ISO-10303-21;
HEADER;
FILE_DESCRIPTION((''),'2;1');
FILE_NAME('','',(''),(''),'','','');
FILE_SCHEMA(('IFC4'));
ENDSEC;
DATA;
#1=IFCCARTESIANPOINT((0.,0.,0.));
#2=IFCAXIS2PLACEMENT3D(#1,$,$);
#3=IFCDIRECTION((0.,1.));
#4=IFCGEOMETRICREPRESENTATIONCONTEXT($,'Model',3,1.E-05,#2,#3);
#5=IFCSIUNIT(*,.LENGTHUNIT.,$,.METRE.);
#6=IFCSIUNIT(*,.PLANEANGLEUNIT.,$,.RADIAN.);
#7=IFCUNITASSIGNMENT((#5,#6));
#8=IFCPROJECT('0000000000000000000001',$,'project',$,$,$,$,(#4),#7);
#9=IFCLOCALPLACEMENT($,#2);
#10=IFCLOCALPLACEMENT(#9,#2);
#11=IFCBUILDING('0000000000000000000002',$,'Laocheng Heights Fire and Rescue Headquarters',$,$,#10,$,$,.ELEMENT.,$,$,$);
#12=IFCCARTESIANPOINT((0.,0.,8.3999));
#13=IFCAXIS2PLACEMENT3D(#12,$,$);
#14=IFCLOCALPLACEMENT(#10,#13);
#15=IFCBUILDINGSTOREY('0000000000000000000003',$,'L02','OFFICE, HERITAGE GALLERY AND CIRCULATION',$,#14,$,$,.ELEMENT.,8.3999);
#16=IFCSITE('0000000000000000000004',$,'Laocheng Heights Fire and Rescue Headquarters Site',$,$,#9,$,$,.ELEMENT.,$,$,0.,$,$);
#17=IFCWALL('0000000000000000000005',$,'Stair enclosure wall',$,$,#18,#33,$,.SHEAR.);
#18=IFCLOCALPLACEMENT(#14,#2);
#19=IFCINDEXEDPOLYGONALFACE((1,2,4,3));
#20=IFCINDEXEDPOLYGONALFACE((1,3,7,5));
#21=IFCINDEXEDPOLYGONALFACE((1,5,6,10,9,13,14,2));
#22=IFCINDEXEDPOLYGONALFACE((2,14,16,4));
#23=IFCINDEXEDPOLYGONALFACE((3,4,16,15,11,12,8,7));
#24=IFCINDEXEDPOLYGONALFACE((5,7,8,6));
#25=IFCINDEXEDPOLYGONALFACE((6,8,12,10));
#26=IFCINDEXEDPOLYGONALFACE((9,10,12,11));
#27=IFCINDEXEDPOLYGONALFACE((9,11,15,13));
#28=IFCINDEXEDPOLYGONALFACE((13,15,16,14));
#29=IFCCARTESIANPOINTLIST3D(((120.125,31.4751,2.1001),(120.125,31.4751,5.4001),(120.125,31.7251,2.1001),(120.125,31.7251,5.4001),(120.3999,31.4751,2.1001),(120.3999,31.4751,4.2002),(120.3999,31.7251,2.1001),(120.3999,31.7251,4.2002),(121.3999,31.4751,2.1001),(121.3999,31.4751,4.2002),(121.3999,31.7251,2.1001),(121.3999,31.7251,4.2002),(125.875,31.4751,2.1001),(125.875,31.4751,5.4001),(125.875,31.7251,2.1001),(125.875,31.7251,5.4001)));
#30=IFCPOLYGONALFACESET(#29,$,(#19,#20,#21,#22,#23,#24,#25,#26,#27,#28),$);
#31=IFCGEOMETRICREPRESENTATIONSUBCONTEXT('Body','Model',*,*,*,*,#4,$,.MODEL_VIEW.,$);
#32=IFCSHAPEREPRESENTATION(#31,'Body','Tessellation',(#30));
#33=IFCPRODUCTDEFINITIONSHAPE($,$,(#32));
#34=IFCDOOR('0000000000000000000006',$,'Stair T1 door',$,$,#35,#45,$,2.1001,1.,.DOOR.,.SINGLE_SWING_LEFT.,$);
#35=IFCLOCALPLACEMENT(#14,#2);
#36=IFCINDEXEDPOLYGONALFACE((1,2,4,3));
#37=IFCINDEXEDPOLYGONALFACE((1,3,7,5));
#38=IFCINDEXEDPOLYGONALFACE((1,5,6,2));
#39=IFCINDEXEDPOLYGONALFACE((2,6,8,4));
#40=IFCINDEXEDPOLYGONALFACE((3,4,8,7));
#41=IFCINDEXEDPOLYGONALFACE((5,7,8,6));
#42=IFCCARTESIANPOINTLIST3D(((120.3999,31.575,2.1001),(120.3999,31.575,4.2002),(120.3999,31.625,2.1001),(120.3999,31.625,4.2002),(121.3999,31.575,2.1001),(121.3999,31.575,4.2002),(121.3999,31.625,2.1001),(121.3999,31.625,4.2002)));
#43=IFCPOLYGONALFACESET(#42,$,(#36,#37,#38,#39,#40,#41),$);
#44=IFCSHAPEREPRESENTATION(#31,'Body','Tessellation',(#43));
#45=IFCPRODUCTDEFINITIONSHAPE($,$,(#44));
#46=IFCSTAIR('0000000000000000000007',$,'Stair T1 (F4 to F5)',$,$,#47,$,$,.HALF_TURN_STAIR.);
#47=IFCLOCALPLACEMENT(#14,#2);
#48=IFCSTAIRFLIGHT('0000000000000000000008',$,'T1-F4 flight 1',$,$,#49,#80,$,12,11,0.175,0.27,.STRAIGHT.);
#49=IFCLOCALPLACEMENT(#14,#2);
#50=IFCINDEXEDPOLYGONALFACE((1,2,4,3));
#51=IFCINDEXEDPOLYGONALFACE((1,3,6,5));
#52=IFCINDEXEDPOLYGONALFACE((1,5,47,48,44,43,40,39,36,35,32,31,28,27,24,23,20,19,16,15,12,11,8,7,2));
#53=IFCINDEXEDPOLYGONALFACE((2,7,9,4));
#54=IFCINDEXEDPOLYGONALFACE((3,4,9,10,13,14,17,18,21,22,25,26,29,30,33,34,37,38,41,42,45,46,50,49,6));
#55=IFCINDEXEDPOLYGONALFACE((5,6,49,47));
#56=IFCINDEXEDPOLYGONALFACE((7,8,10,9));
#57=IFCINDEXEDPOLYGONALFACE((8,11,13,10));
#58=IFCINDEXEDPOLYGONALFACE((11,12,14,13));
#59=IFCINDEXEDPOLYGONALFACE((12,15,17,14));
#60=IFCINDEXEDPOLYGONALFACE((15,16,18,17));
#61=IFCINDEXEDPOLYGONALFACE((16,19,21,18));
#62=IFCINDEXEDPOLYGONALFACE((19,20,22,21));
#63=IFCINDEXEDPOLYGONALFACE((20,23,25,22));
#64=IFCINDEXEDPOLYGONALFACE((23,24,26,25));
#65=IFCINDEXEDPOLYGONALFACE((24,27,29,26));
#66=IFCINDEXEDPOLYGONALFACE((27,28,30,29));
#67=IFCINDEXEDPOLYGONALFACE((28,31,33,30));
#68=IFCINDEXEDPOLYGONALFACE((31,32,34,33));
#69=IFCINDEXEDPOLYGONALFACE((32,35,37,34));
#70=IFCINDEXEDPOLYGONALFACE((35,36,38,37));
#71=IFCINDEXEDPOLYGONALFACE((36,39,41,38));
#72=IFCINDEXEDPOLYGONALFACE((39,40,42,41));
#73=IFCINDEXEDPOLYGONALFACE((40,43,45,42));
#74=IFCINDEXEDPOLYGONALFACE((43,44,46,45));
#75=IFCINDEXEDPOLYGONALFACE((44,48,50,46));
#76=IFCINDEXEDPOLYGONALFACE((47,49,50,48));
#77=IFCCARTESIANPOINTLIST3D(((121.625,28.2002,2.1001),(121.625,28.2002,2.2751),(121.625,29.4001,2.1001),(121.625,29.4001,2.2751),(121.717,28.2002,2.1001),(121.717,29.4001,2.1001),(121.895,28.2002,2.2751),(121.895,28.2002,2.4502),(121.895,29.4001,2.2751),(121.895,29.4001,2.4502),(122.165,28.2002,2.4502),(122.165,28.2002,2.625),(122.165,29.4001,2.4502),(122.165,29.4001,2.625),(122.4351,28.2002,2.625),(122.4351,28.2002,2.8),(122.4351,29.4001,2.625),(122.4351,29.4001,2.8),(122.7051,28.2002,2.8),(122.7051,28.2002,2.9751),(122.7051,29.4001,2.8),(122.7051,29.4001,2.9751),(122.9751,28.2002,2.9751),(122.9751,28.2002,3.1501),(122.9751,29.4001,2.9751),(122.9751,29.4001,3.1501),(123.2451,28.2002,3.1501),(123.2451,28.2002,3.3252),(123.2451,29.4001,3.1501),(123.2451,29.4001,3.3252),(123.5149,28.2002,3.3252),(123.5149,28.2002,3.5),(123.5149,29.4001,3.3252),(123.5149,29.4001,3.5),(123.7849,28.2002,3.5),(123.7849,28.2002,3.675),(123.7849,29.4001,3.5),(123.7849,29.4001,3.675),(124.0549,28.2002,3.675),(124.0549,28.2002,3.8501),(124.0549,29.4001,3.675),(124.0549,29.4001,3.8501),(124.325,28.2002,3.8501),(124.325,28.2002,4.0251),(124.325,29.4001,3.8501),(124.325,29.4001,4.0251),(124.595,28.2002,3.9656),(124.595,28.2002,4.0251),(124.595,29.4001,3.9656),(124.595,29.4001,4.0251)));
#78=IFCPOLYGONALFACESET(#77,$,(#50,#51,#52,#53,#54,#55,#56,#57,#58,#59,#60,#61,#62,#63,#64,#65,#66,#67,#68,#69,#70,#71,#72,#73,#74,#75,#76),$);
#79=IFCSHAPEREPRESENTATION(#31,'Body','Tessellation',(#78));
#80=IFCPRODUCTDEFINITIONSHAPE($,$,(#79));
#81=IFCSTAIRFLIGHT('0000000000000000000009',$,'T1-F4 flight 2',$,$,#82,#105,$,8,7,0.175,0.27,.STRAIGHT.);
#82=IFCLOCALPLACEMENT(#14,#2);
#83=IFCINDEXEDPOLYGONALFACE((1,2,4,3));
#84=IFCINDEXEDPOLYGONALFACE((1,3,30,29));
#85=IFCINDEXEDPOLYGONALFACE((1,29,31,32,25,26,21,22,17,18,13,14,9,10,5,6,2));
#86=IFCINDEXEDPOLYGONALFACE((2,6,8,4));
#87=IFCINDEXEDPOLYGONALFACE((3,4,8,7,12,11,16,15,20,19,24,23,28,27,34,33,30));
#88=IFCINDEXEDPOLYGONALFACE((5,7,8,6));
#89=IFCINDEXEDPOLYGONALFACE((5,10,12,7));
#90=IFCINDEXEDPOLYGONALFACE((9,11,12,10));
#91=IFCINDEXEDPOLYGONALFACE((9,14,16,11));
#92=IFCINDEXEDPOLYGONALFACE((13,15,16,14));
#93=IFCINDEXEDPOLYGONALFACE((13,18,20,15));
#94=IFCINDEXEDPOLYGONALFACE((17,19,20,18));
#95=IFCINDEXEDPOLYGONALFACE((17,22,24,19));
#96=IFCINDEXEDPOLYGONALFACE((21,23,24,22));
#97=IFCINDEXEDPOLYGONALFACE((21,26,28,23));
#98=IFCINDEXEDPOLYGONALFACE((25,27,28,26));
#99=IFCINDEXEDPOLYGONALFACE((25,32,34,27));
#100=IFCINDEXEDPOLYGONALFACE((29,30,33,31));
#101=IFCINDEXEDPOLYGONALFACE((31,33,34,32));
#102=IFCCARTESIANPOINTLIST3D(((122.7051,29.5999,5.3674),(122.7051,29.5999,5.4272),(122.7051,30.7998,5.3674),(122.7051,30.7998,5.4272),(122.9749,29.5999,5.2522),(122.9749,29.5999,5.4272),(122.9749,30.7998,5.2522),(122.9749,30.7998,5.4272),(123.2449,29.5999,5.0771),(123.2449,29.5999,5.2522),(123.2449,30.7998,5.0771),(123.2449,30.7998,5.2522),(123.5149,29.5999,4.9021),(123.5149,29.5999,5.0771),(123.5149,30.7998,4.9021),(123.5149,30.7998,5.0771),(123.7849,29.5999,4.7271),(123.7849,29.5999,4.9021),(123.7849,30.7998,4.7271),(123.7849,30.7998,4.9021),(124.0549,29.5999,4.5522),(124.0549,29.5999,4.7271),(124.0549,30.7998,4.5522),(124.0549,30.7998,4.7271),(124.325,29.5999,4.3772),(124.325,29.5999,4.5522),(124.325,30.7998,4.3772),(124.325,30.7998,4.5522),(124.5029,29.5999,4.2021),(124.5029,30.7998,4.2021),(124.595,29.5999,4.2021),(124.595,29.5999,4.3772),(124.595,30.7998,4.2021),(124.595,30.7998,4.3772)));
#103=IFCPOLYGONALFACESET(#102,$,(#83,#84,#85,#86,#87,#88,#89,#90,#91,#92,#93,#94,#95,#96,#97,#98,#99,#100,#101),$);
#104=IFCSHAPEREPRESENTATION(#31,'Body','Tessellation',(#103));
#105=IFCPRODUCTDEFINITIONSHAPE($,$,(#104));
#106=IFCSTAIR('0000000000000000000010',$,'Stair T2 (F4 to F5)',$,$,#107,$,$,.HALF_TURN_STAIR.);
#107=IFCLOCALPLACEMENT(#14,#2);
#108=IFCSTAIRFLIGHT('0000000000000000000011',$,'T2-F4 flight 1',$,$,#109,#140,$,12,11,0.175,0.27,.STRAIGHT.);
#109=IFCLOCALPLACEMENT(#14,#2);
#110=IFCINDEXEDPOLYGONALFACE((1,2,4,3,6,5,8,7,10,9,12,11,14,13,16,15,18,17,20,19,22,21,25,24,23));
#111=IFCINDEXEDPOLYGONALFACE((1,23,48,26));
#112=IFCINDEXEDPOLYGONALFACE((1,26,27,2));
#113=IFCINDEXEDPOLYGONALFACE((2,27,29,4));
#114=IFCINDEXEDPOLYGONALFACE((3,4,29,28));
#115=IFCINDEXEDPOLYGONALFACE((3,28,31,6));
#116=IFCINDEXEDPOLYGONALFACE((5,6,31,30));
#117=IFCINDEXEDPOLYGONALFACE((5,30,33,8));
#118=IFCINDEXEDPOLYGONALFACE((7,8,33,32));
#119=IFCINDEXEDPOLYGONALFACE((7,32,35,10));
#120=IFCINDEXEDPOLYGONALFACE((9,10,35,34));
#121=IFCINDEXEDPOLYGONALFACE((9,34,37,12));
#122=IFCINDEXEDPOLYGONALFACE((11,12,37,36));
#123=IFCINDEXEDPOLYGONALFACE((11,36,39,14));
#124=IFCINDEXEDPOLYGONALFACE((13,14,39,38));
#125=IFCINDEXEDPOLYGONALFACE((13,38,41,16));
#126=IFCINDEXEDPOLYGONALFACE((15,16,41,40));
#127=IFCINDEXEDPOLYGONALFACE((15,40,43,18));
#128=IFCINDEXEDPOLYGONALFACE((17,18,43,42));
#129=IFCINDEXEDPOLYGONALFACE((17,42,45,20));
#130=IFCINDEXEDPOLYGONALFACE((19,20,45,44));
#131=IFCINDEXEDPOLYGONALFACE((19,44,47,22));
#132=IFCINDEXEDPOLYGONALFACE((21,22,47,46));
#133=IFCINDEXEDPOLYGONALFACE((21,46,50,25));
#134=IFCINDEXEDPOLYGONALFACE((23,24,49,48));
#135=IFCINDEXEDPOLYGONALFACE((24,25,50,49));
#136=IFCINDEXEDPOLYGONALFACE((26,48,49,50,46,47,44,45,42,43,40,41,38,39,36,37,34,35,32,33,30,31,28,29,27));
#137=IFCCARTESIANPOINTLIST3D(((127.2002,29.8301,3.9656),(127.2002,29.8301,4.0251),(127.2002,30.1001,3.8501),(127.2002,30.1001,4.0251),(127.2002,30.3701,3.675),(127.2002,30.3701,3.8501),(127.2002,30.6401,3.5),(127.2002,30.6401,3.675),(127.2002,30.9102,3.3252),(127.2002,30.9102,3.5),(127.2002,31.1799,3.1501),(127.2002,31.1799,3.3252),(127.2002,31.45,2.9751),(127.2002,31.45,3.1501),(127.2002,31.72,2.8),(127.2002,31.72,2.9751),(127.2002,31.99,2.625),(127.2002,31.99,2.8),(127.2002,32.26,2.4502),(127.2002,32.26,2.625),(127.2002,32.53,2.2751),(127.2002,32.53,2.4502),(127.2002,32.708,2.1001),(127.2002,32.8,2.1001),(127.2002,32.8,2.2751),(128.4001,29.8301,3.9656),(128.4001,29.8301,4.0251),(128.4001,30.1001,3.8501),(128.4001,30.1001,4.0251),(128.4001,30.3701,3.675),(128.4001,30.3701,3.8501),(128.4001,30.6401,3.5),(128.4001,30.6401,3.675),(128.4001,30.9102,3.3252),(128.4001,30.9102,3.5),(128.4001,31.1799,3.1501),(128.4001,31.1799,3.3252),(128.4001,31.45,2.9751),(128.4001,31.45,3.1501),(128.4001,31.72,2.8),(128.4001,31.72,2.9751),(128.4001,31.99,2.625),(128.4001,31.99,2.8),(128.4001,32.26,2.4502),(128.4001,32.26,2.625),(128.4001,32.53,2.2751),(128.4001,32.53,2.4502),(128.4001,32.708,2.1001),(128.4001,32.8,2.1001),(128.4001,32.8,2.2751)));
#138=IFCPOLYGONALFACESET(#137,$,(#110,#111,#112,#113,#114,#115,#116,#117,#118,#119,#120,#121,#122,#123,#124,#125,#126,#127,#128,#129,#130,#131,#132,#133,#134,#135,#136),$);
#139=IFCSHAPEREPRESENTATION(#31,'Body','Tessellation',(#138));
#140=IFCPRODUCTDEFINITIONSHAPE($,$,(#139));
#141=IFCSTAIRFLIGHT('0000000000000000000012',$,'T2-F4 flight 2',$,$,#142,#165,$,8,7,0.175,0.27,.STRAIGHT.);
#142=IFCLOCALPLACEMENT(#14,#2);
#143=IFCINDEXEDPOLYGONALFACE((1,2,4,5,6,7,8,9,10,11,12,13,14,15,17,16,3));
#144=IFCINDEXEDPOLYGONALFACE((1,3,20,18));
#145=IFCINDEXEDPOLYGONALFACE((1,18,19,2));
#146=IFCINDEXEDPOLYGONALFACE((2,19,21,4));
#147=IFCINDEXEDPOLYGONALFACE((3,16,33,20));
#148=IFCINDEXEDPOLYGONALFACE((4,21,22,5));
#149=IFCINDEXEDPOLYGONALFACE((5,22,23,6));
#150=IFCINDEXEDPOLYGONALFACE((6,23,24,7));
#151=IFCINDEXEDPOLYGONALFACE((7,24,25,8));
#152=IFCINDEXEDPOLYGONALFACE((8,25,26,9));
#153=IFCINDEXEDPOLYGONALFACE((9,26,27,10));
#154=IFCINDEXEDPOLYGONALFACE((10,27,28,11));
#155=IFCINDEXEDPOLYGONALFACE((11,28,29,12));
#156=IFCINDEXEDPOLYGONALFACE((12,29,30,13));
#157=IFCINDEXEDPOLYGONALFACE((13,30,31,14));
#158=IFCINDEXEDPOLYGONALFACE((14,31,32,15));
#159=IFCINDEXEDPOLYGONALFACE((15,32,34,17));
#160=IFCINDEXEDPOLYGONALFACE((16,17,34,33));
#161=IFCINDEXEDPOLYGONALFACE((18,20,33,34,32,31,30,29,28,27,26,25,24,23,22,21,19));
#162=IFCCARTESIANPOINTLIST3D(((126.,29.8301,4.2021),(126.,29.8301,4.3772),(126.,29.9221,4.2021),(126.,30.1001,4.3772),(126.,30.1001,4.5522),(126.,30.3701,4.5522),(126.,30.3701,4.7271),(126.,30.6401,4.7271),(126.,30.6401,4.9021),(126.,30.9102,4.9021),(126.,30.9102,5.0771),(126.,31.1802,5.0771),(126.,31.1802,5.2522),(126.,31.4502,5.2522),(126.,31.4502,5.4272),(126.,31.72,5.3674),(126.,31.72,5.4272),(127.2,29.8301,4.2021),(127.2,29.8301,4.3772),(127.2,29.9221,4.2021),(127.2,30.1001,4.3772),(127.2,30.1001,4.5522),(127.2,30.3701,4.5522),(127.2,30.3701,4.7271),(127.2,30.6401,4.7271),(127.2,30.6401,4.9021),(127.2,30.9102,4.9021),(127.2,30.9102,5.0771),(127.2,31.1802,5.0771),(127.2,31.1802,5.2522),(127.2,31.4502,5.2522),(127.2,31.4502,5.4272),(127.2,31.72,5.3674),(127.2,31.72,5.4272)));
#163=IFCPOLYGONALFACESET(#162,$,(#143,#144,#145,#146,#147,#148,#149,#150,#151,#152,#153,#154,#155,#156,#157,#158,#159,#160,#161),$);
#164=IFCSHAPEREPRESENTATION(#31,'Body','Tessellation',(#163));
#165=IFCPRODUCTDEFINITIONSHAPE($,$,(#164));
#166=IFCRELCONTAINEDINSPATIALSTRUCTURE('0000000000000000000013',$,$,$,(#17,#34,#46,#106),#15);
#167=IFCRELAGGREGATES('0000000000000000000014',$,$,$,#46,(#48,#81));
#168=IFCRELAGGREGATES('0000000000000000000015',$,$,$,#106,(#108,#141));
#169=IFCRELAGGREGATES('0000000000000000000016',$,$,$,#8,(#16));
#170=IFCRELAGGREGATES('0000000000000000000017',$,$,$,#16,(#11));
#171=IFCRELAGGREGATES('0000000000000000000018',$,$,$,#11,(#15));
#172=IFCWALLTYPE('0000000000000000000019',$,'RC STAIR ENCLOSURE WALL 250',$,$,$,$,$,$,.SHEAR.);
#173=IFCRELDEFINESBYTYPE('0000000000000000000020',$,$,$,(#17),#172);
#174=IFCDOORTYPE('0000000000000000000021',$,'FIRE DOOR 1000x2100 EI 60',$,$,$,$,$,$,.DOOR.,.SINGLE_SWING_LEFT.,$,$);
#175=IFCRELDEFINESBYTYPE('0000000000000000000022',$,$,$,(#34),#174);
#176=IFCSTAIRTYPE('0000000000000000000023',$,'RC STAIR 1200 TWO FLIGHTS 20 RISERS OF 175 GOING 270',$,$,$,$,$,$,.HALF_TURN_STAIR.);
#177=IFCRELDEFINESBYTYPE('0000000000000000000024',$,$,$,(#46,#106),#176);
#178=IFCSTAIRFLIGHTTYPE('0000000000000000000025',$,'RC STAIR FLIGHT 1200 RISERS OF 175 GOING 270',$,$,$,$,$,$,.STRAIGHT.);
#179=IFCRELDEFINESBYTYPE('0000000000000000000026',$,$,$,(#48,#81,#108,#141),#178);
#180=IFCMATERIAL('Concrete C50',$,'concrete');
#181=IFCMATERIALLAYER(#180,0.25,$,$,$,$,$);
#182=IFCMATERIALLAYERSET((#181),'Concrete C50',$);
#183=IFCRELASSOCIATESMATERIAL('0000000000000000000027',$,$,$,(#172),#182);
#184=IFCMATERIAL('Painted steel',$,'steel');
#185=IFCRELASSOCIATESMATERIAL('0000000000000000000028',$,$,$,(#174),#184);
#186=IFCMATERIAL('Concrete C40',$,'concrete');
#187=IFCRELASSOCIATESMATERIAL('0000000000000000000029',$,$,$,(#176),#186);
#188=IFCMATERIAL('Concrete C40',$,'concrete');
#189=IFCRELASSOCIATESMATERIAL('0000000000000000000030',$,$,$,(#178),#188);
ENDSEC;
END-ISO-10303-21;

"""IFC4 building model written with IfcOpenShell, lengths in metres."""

from ifc_helpers import new_model, si_unit, direction, frame, frame_2d, origin, place, context, subcontext, project, spatial, polyline, rectangle, outline, extrude, material, layer, layer_set, type_object, element, fill, aggregate, save


model = new_model("IFC4")

# Units and contexts
model_context = context("Model", 3, precision=1e-05, world=origin(), true_north=direction((0.0, 1.0)))
body_context = subcontext(model_context, "Body", "Model", "MODEL_VIEW")
ifc_project = project(units=[si_unit("LENGTHUNIT", "METRE"), si_unit("PLANEANGLEUNIT", "RADIAN")], contexts=[model_context])

# Site, building, storey
site_placement = place(None, origin())
site = spatial("IfcSite", under=ifc_project, at=site_placement, Name="Laocheng Heights Fire and Rescue Headquarters Site", CompositionType="ELEMENT", RefElevation=0.0)
building_placement = place(site_placement, origin())
building = spatial("IfcBuilding", under=site, at=building_placement, Name="Laocheng Heights Fire and Rescue Headquarters", CompositionType="ELEMENT")
storey_placement = place(building_placement, frame((0.0, 0.0, 8.3999)))
storey = spatial("IfcBuildingStorey", under=building, at=storey_placement, Name="L02", Description="OFFICE, HERITAGE GALLERY AND CIRCULATION", CompositionType="ELEMENT", Elevation=8.3999)

# Shared definitions
ifc_material_1 = material(Name="Concrete C50", Category="concrete")
ifc_layer_1 = layer(ifc_material_1, 0.25)
ifc_layer_set_1 = layer_set([ifc_layer_1], Name="Concrete C50")
wall_type_1 = type_object("IfcWallType", Name="RC STAIR ENCLOSURE WALL 250", PredefinedType="SHEAR", material=ifc_layer_set_1)

# Wall, opening, door
wall_1_placement = place(storey_placement, frame((120.125, 31.6001, 2.1001), z_axis=(0.0, 0.0, 1.0), x_axis=(1.0, 0.0, 0.0)))
wall_1 = element("IfcWall", 1, at=wall_1_placement, inside=storey, type_object=wall_type_1, Name="Stair enclosure wall", PredefinedType="SHEAR", context=body_context, shape_type="SweptSolid", body=[
    extrude(rectangle(XDim=5.75, YDim=0.25, at=frame_2d((2.875, 0.0))), origin(), (0.0, 0.0, 1.0), 3.3),
])
opening_1_placement = place(wall_1_placement, frame((0.2749, 0.0, 0.0)))
opening_1 = element("IfcOpeningElement", 2, at=opening_1_placement, cuts=wall_1, PredefinedType="OPENING", context=body_context, shape_type="SweptSolid", body=[
    extrude(rectangle(XDim=1.0, YDim=2.1001, at=frame_2d((0.5, 1.05))), frame((0.0, 0.135, 0.0), z_axis=(0.0, -1.0, 0.0), x_axis=(1.0, 0.0, 0.0)), (0.0, 0.0, 1.0), 0.27),
])
ifc_material_2 = material(Name="Painted steel", Category="steel")
door_type_1 = type_object("IfcDoorType", Name="FIRE DOOR 1000x2100 EI 60", OperationType="SINGLE_SWING_LEFT", PredefinedType="DOOR", material=ifc_material_2)
door_1_placement = place(opening_1_placement, origin())
door_1 = element("IfcDoor", 3, at=door_1_placement, inside=storey, type_object=door_type_1, Name="Stair T1 door", OperationType="SINGLE_SWING_LEFT", OverallHeight=2.1001, OverallWidth=1.0, PredefinedType="DOOR", context=body_context, shape_type="SweptSolid", body=[
    extrude(rectangle(XDim=1.0, YDim=2.1001, at=frame_2d((0.5, 1.05))), frame((0.0, 0.0249, 0.0), z_axis=(0.0, -1.0, 0.0), x_axis=(1.0, 0.0, 0.0)), (0.0, 0.0, 1.0), 0.05),
])
fill(opening_1, door_1)

# Stairs, stair flights
ifc_material_3 = material(Name="Concrete C40", Category="concrete")
stair_type = type_object("IfcStairType", Name="RC STAIR 1200 TWO FLIGHTS 20 RISERS OF 175 GOING 270", PredefinedType="HALF_TURN_STAIR", material=ifc_material_3)
stair_1_placement = place(storey_placement, origin())
stair_1 = element("IfcStair", 4, at=stair_1_placement, inside=storey, type_object=stair_type, Name="Stair T1 (F4 to F5)", PredefinedType="HALF_TURN_STAIR")
ifc_material_4 = material(Name="Concrete C40", Category="concrete")
stair_flight_type = type_object("IfcStairFlightType", Name="RC STAIR FLIGHT 1200 RISERS OF 175 GOING 270", PredefinedType="STRAIGHT", material=ifc_material_4)
stair_flight_1_placement = place(storey_placement, frame((121.625, 28.8, 2.1001), z_axis=(0.0, 0.0, 1.0), x_axis=(1.0, 0.0, 0.0)))
stair_flight_1 = element("IfcStairFlight", 5, at=stair_flight_1_placement, type_object=stair_flight_type, Name="T1-F4 flight 1", NumberOfRisers=12, NumberOfTreads=11, PredefinedType="STRAIGHT", RiserHeight=0.175, TreadLength=0.27, context=body_context, shape_type="SweptSolid", body=[
    extrude(outline(polyline([(0.0, 0.0), (0.0, 0.175), (0.27, 0.175), (0.27, 0.3501), (0.54, 0.3501), (0.54, 0.5249), (0.8101, 0.5249), (0.8101, 0.7), (1.0801, 0.7), (1.0801, 0.875), (1.3501, 0.875), (1.3501, 1.05), (1.6201, 1.05), (1.6201, 1.2251), (1.8899, 1.2251), (1.8899, 1.3999), (2.1599, 1.3999), (2.1599, 1.575), (2.4299, 1.575), (2.4299, 1.75), (2.7, 1.75), (2.7, 1.925), (2.97, 1.925), (2.97, 2.1001), (2.97, 1.8655), (0.092, 0.0), (0.0, 0.0)])), frame((0.0, 0.6001, 0.0), z_axis=(0.0, -1.0, 0.0), x_axis=(1.0, 0.0, 0.0)), (0.0, 0.0, 1.0), 1.2),
])
stair_flight_2_placement = place(storey_placement, frame((124.595, 30.2, 4.2021), z_axis=(0.0, 0.0, 1.0), x_axis=(-1.0, 0.0, 0.0)))
stair_flight_2 = element("IfcStairFlight", 6, at=stair_flight_2_placement, type_object=stair_flight_type, Name="T1-F4 flight 2", NumberOfRisers=8, NumberOfTreads=7, PredefinedType="STRAIGHT", RiserHeight=0.175, TreadLength=0.27, context=body_context, shape_type="SweptSolid", body=[
    extrude(outline(polyline([(0.0, 0.0), (0.0, 0.175), (0.27, 0.175), (0.27, 0.3501), (0.54, 0.3501), (0.54, 0.5249), (0.8101, 0.5249), (0.8101, 0.7), (1.0801, 0.7), (1.0801, 0.875), (1.3501, 0.875), (1.3501, 1.05), (1.6201, 1.05), (1.6201, 1.2251), (1.8899, 1.2251), (1.8899, 1.3999), (1.8899, 1.1653), (0.092, 0.0), (0.0, 0.0)])), frame((0.0, 0.6001, 0.0), z_axis=(0.0, -1.0, 0.0), x_axis=(1.0, 0.0, 0.0)), (0.0, 0.0, 1.0), 1.2),
])
aggregate(stair_1, [stair_flight_1, stair_flight_2])
stair_2_placement = place(storey_placement, origin())
stair_2 = element("IfcStair", 7, at=stair_2_placement, inside=storey, type_object=stair_type, Name="Stair T2 (F4 to F5)", PredefinedType="HALF_TURN_STAIR")
stair_flight_3_placement = place(storey_placement, frame((127.8, 32.8, 2.1001), z_axis=(0.0, 0.0, 1.0), x_axis=(0.0, -1.0, 0.0)))
stair_flight_3 = element("IfcStairFlight", 8, at=stair_flight_3_placement, type_object=stair_flight_type, Name="T2-F4 flight 1", NumberOfRisers=12, NumberOfTreads=11, PredefinedType="STRAIGHT", RiserHeight=0.175, TreadLength=0.27, context=body_context, shape_type="SweptSolid", body=[
    extrude(outline(polyline([(0.0, 0.0), (0.0, 0.175), (0.27, 0.175), (0.27, 0.3501), (0.54, 0.3501), (0.54, 0.5249), (0.8101, 0.5249), (0.8101, 0.7), (1.0801, 0.7), (1.0801, 0.875), (1.3501, 0.875), (1.3501, 1.05), (1.6201, 1.05), (1.6201, 1.2251), (1.8899, 1.2251), (1.8899, 1.3999), (2.1599, 1.3999), (2.1599, 1.575), (2.4299, 1.575), (2.4299, 1.75), (2.7, 1.75), (2.7, 1.925), (2.97, 1.925), (2.97, 2.1001), (2.97, 1.8655), (0.092, 0.0), (0.0, 0.0)])), frame((0.0, 0.6001, 0.0), z_axis=(0.0, -1.0, 0.0), x_axis=(1.0, 0.0, 0.0)), (0.0, 0.0, 1.0), 1.2),
])
stair_flight_4_placement = place(storey_placement, frame((126.6001, 29.8301, 4.2021), z_axis=(0.0, 0.0, 1.0), x_axis=(0.0, 1.0, 0.0)))
stair_flight_4 = element("IfcStairFlight", 9, at=stair_flight_4_placement, type_object=stair_flight_type, Name="T2-F4 flight 2", NumberOfRisers=8, NumberOfTreads=7, PredefinedType="STRAIGHT", RiserHeight=0.175, TreadLength=0.27, context=body_context, shape_type="SweptSolid", body=[
    extrude(outline(polyline([(0.0, 0.0), (0.0, 0.175), (0.27, 0.175), (0.27, 0.3501), (0.54, 0.3501), (0.54, 0.5249), (0.8101, 0.5249), (0.8101, 0.7), (1.0801, 0.7), (1.0801, 0.875), (1.3501, 0.875), (1.3501, 1.05), (1.6201, 1.05), (1.6201, 1.2251), (1.8899, 1.2251), (1.8899, 1.3999), (1.8899, 1.1653), (0.092, 0.0), (0.0, 0.0)])), frame((0.0, 0.6001, 0.0), z_axis=(0.0, -1.0, 0.0), x_axis=(1.0, 0.0, 0.0)), (0.0, 0.0, 1.0), 1.2),
])
aggregate(stair_2, [stair_flight_3, stair_flight_4])

save(model, "model.ifc")
